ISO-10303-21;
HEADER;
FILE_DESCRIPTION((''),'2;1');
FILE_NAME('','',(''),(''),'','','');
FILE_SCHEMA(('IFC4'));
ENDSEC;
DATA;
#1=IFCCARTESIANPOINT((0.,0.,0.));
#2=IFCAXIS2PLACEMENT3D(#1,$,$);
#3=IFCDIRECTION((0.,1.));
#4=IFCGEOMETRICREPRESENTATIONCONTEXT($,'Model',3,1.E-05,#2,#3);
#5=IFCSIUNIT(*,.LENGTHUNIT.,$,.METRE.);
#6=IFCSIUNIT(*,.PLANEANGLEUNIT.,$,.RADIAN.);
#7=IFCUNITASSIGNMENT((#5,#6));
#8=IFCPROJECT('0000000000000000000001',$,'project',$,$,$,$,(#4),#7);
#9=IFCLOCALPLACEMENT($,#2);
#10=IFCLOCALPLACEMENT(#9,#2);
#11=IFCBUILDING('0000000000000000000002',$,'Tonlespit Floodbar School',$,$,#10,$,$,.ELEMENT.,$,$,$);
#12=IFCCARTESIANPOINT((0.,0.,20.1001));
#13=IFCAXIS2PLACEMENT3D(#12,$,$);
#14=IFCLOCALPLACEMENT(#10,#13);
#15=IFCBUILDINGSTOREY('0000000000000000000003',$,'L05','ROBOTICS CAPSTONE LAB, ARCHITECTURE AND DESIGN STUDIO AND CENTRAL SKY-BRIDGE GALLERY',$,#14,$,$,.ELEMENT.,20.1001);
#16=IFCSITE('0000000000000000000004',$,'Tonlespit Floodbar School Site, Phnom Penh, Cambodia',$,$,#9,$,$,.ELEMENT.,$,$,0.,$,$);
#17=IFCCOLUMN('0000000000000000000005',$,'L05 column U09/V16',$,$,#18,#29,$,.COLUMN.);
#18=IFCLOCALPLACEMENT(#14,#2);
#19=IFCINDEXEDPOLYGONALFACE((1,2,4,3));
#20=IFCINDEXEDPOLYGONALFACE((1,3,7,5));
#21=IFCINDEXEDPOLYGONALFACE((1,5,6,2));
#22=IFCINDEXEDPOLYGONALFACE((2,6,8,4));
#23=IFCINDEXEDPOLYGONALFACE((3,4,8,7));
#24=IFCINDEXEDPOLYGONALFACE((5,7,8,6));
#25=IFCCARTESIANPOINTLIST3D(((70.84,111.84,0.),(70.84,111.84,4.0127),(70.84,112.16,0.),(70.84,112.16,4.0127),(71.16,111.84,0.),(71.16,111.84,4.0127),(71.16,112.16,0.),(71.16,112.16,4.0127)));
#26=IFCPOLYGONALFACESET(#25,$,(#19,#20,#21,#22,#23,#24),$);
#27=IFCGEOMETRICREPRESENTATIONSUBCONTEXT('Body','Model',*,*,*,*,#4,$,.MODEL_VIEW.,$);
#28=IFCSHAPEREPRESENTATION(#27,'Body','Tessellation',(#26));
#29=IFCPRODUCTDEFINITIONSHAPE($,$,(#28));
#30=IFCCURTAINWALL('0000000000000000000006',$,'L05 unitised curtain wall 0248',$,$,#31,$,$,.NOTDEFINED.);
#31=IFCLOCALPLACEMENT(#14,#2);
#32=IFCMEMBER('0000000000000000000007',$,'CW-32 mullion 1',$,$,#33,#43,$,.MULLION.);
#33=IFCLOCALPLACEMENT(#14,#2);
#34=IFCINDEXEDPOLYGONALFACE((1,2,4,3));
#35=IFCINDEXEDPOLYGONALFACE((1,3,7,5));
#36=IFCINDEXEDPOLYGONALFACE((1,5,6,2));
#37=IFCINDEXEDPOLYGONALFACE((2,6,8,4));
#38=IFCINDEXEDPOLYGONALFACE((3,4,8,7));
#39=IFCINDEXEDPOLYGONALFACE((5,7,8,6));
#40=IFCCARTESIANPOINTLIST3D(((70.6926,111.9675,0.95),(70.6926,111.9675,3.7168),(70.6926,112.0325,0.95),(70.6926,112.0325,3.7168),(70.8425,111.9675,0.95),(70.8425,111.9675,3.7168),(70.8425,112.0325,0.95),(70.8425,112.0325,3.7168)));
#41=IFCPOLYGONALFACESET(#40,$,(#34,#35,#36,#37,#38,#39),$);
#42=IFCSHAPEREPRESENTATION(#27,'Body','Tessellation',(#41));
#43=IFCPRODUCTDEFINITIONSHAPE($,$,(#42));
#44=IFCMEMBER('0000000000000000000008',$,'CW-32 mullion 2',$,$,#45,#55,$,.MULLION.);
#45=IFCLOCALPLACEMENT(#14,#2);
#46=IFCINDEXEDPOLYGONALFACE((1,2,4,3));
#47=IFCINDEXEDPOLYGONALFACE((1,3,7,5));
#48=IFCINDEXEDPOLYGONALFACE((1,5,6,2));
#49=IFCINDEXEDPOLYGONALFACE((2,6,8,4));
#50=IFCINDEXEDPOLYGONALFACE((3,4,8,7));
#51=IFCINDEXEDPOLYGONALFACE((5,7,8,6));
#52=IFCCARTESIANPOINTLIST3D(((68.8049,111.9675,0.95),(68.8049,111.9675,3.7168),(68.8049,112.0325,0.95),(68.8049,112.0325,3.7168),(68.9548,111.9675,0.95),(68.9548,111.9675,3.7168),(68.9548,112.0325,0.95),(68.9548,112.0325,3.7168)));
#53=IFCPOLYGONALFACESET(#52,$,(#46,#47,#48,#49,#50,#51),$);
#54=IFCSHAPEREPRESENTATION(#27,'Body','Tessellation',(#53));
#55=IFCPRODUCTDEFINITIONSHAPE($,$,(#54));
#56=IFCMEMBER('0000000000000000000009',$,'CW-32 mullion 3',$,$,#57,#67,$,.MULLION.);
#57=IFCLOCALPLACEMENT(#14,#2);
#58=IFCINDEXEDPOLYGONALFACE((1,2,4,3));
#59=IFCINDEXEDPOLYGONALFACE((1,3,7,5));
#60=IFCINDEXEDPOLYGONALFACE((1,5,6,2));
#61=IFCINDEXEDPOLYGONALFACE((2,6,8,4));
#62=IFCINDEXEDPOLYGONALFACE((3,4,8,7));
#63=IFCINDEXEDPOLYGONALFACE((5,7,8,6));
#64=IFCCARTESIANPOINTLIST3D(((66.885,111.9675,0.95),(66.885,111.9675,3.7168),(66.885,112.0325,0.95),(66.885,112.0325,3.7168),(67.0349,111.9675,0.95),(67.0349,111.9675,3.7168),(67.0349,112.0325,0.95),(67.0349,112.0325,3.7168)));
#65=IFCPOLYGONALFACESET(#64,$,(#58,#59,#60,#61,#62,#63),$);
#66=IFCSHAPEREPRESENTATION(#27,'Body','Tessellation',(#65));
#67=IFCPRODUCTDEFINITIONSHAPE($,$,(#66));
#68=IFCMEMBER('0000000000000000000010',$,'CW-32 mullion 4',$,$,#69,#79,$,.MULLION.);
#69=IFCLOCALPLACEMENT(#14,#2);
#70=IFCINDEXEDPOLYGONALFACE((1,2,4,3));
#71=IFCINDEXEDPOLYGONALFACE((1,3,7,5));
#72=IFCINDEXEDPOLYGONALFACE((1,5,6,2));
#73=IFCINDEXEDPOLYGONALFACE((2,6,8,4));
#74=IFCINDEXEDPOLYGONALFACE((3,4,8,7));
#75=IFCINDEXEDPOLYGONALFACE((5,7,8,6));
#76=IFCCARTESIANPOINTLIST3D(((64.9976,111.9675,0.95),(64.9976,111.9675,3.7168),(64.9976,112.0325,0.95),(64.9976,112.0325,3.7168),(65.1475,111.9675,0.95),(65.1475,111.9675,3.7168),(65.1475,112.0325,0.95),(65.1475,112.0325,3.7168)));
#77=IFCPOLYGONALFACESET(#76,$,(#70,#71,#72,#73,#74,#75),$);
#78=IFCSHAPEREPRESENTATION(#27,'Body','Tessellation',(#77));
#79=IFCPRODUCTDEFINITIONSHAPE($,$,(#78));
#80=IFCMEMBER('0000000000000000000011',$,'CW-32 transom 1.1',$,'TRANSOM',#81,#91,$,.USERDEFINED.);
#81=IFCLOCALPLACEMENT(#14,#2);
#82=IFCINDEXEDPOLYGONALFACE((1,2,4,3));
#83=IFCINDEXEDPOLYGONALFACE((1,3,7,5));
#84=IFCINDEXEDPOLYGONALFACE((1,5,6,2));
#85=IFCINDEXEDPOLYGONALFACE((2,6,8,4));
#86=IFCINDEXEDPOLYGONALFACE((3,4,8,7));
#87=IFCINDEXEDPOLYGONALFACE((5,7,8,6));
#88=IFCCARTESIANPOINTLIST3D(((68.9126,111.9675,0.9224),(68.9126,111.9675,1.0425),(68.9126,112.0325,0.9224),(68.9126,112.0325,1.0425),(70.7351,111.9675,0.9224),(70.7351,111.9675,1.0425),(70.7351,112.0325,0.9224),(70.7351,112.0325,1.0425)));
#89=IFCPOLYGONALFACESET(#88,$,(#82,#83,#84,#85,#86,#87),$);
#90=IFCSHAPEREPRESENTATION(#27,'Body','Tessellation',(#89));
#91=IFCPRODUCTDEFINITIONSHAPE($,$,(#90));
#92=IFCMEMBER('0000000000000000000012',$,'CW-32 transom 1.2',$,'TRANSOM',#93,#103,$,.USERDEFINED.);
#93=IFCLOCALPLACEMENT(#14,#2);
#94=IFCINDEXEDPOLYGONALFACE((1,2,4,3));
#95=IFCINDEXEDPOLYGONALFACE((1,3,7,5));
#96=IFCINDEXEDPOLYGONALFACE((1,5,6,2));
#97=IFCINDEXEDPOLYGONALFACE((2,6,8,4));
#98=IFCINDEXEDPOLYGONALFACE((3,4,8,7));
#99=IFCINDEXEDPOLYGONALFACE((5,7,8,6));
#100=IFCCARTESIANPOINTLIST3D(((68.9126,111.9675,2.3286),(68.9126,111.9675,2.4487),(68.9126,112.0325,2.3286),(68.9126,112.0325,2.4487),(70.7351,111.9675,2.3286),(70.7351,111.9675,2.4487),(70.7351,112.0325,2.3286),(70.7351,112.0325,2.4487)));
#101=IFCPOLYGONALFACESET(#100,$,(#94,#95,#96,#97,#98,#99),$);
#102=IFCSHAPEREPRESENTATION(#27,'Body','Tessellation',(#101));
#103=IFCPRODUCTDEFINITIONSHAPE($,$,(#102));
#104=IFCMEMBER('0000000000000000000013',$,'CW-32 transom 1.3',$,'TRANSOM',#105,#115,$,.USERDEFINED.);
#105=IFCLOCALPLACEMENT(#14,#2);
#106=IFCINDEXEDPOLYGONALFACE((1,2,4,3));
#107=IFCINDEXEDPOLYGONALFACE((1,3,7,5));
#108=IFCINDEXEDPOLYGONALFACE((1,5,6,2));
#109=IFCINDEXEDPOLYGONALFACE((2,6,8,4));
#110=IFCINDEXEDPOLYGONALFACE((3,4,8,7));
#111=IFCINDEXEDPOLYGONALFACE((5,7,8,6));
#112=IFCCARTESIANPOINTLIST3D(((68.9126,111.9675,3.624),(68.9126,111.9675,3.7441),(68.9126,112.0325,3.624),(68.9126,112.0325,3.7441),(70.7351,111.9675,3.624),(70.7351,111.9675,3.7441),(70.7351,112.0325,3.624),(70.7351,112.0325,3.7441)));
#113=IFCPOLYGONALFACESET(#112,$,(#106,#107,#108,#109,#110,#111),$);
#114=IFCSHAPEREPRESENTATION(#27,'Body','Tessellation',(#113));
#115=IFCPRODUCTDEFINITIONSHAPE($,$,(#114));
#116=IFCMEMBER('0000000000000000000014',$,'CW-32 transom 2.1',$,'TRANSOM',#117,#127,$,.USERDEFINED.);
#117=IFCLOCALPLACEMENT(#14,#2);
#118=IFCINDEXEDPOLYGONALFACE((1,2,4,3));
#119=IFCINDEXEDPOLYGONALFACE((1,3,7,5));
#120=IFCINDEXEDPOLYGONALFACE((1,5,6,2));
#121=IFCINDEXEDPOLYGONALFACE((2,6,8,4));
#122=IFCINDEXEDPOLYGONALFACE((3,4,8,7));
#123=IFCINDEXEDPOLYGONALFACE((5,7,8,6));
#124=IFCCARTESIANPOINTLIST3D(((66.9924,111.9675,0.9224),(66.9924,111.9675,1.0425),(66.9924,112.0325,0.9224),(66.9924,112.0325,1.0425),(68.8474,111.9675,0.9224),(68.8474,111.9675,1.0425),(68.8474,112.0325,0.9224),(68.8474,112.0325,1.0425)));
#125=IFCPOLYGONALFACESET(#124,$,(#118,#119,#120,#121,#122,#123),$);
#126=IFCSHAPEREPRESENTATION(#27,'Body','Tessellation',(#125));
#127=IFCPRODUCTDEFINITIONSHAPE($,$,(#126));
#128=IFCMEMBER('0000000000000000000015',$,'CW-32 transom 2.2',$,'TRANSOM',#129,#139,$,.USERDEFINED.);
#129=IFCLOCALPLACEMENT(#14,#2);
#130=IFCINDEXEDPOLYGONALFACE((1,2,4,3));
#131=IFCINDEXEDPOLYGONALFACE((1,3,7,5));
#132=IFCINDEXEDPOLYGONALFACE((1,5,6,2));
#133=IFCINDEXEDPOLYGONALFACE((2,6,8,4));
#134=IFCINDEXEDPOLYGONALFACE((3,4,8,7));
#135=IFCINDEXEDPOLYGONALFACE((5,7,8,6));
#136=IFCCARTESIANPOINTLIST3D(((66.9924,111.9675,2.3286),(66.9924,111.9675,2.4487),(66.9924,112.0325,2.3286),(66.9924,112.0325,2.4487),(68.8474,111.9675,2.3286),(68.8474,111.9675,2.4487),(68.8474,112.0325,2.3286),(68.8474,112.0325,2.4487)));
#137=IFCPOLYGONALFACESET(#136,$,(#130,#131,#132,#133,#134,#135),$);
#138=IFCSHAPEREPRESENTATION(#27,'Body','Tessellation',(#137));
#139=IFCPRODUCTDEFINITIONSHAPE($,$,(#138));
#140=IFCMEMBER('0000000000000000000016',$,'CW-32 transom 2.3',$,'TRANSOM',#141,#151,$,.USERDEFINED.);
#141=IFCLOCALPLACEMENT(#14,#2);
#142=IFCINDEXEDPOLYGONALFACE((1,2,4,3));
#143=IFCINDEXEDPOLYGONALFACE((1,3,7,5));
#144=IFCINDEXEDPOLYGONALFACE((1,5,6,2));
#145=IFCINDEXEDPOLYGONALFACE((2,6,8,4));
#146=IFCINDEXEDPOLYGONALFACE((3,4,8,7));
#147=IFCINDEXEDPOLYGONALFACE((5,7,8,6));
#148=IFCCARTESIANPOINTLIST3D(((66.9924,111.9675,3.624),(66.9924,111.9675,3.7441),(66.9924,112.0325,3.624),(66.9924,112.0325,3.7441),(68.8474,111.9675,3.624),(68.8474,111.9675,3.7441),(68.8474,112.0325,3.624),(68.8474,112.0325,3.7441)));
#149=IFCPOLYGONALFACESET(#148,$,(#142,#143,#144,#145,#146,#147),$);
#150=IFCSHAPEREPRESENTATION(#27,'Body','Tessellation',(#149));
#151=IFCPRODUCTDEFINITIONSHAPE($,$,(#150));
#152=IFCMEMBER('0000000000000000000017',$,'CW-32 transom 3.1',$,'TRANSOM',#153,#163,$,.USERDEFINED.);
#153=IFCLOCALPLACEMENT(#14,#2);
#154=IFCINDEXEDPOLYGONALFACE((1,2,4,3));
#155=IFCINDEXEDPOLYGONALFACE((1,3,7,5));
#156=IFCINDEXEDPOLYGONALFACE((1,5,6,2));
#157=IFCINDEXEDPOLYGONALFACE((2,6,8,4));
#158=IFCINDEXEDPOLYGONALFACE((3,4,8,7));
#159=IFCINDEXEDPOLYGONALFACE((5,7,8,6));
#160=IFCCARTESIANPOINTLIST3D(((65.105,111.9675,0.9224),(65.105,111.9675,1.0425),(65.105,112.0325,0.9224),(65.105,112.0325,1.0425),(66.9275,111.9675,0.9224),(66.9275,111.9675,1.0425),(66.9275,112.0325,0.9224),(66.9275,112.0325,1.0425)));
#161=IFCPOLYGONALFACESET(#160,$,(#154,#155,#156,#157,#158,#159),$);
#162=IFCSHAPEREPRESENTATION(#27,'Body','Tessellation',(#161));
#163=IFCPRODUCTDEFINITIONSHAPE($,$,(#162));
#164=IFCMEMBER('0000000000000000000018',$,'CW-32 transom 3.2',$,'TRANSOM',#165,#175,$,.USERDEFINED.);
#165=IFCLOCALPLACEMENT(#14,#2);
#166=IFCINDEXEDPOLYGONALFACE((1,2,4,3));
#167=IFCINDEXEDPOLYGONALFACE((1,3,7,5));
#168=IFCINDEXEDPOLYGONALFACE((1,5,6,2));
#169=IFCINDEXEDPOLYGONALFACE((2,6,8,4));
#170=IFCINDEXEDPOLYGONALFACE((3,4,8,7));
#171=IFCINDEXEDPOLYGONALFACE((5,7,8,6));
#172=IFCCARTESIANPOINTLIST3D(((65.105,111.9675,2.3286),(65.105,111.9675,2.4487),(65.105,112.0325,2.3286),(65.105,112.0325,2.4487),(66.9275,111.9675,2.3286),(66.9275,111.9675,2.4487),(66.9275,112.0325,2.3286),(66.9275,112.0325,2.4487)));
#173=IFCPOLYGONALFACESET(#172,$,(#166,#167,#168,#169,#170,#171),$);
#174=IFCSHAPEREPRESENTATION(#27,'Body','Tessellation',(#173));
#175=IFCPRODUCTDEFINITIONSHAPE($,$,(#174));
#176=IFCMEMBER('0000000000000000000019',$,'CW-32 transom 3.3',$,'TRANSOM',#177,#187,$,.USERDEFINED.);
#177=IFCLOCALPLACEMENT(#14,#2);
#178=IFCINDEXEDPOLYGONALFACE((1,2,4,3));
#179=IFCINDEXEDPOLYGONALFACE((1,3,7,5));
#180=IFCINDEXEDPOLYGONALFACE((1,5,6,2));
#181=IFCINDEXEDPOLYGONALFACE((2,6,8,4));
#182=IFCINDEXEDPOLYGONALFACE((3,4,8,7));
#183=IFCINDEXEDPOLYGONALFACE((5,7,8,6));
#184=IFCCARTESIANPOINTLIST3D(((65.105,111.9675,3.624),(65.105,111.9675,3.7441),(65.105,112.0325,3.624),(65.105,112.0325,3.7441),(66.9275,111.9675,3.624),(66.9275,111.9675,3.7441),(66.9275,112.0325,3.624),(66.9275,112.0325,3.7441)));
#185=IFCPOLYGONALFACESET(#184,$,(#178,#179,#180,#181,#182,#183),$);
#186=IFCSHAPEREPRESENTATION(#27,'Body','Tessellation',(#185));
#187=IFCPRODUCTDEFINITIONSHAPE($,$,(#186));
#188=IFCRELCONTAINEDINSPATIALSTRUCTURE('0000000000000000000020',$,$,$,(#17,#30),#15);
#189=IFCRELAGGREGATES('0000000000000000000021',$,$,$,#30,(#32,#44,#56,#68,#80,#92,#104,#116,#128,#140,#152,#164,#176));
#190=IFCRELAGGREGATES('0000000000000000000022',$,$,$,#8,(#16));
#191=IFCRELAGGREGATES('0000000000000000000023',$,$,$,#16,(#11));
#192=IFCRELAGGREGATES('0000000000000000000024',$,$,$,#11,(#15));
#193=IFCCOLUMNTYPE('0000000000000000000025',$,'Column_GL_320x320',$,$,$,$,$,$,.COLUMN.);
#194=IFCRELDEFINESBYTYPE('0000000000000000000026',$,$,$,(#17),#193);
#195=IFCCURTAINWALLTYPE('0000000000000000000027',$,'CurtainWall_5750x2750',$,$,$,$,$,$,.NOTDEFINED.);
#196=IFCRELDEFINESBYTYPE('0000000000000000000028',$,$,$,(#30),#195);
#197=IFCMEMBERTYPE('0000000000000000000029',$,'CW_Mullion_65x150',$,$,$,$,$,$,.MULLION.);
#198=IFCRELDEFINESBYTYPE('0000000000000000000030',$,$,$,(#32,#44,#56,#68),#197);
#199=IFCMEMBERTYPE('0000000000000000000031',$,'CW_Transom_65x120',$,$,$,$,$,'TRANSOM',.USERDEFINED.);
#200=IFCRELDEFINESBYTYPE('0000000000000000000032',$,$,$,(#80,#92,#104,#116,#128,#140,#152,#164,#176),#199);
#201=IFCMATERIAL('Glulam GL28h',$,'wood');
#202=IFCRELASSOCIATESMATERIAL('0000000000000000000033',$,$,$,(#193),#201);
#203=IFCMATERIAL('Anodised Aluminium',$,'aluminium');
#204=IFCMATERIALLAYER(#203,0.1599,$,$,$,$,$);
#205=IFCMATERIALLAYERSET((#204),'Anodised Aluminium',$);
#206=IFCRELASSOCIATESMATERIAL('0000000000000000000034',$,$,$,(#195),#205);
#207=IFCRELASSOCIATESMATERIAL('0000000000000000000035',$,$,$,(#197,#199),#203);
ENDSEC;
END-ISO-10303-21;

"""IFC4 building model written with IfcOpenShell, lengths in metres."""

from ifc_helpers import new_model, si_unit, direction, frame, origin, origin_2d, place, context, subcontext, project, spatial, rectangle, extrude, material, layer, layer_set, material_profile, profile_set, type_object, element, aggregate, save


model = new_model("IFC4")

# Units and contexts
model_context = context("Model", 3, precision=1e-05, world=origin(), true_north=direction((0.0, 1.0)))
body_context = subcontext(model_context, "Body", "Model", "MODEL_VIEW")
ifc_project = project(units=[si_unit("LENGTHUNIT", "METRE"), si_unit("PLANEANGLEUNIT", "RADIAN")], contexts=[model_context])

# Site, building, storey
site_placement = place(None, origin())
site = spatial("IfcSite", under=ifc_project, at=site_placement, Name="Tonlespit Floodbar School Site, Phnom Penh, Cambodia", CompositionType="ELEMENT", RefElevation=0.0)
building_placement = place(site_placement, origin())
building = spatial("IfcBuilding", under=site, at=building_placement, Name="Tonlespit Floodbar School", CompositionType="ELEMENT")
storey_placement = place(building_placement, frame((0.0, 0.0, 20.1001)))
storey = spatial("IfcBuildingStorey", under=building, at=storey_placement, Name="L05", Description="ROBOTICS CAPSTONE LAB, ARCHITECTURE AND DESIGN STUDIO AND CENTRAL SKY-BRIDGE GALLERY", CompositionType="ELEMENT", Elevation=20.1001)

# Column
ifc_material_1 = material(Name="Glulam GL28h", Category="wood")
ifc_material_profile_1 = material_profile(ifc_material_1, rectangle(XDim=0.3201, YDim=0.3201, at=origin_2d()), Name="GL 320x320")
ifc_profile_set_1 = profile_set([ifc_material_profile_1], Name="Glulam GL28h")
column_type = type_object("IfcColumnType", Name="Column_GL_320x320", PredefinedType="COLUMN", material=ifc_profile_set_1)
column_placement = place(storey_placement, frame((71.0, 112.0, 0.0), z_axis=(0.0, 0.0, 1.0), x_axis=(1.0, 0.0, 0.0)))
element("IfcColumn", 1, at=column_placement, inside=storey, type_object=column_type, Name="L05 column U09/V16", PredefinedType="COLUMN", context=body_context, shape_type="SweptSolid", body=[
    extrude(rectangle(XDim=0.3201, YDim=0.3201, at=origin_2d()), origin(), (0.0, 0.0, 1.0), 4.0127),
])

# Curtain wall, members
ifc_material_2 = material(Name="Anodised Aluminium", Category="aluminium")
ifc_layer_1 = layer(ifc_material_2, 0.1599)
ifc_layer_set_1 = layer_set([ifc_layer_1], Name="Anodised Aluminium")
curtain_wall_type = type_object("IfcCurtainWallType", Name="CurtainWall_5750x2750", PredefinedType="NOTDEFINED", material=ifc_layer_set_1)
curtain_wall_placement = place(storey_placement, origin())
curtain_wall = element("IfcCurtainWall", 2, at=curtain_wall_placement, inside=storey, type_object=curtain_wall_type, Name="L05 unitised curtain wall 0248", PredefinedType="NOTDEFINED")
ifc_material_profile_2 = material_profile(ifc_material_2, rectangle(XDim=0.0649, YDim=0.1499, at=origin_2d()), Name="ALU M65x150")
ifc_profile_set_2 = profile_set([ifc_material_profile_2], Name="Anodised Aluminium")
member_type_1 = type_object("IfcMemberType", Name="CW_Mullion_65x150", PredefinedType="MULLION", material=ifc_profile_set_2)
member_1_placement = place(storey_placement, frame((70.7676, 112.0, 0.95), z_axis=(0.0, 0.0, 1.0), x_axis=(0.0, -1.0, 0.0)))
member_1 = element("IfcMember", 3, at=member_1_placement, type_object=member_type_1, Name="CW-32 mullion 1", PredefinedType="MULLION", context=body_context, shape_type="SweptSolid", body=[
    extrude(rectangle(XDim=0.0649, YDim=0.1499, at=origin_2d()), origin(), (0.0, 0.0, 1.0), 2.7668),
])
member_2_placement = place(storey_placement, frame((68.8799, 112.0, 0.95), z_axis=(0.0, 0.0, 1.0), x_axis=(0.0, -1.0, 0.0)))
member_2 = element("IfcMember", 4, at=member_2_placement, type_object=member_type_1, Name="CW-32 mullion 2", PredefinedType="MULLION", context=body_context, shape_type="SweptSolid", body=[
    extrude(rectangle(XDim=0.0649, YDim=0.1499, at=origin_2d()), origin(), (0.0, 0.0, 1.0), 2.7668),
])
member_3_placement = place(storey_placement, frame((66.96, 112.0, 0.95), z_axis=(0.0, 0.0, 1.0), x_axis=(0.0, -1.0, 0.0)))
member_3 = element("IfcMember", 5, at=member_3_placement, type_object=member_type_1, Name="CW-32 mullion 3", PredefinedType="MULLION", context=body_context, shape_type="SweptSolid", body=[
    extrude(rectangle(XDim=0.0649, YDim=0.1499, at=origin_2d()), origin(), (0.0, 0.0, 1.0), 2.7668),
])
member_4_placement = place(storey_placement, frame((65.0725, 112.0, 0.95), z_axis=(0.0, 0.0, 1.0), x_axis=(0.0, -1.0, 0.0)))
member_4 = element("IfcMember", 6, at=member_4_placement, type_object=member_type_1, Name="CW-32 mullion 4", PredefinedType="MULLION", context=body_context, shape_type="SweptSolid", body=[
    extrude(rectangle(XDim=0.0649, YDim=0.1499, at=origin_2d()), origin(), (0.0, 0.0, 1.0), 2.7668),
])
ifc_material_profile_3 = material_profile(ifc_material_2, rectangle(XDim=0.0649, YDim=0.1201, at=origin_2d()), Name="ALU T65x120")
ifc_profile_set_3 = profile_set([ifc_material_profile_3], Name="Anodised Aluminium")
member_type_2 = type_object("IfcMemberType", Name="CW_Transom_65x120", ElementType="TRANSOM", PredefinedType="USERDEFINED", material=ifc_profile_set_3)
member_5_placement = place(storey_placement, frame((70.7351, 112.0, 0.9824), z_axis=(-1.0, 0.0, 0.0), x_axis=(0.0, -1.0, 0.0)))
member_5 = element("IfcMember", 7, at=member_5_placement, type_object=member_type_2, Name="CW-32 transom 1.1", ObjectType="TRANSOM", PredefinedType="USERDEFINED", context=body_context, shape_type="SweptSolid", body=[
    extrude(rectangle(XDim=0.0649, YDim=0.1201, at=origin_2d()), origin(), (0.0, 0.0, 1.0), 1.8225),
])
member_6_placement = place(storey_placement, frame((70.7351, 112.0, 2.3887), z_axis=(-1.0, 0.0, 0.0), x_axis=(0.0, -1.0, 0.0)))
member_6 = element("IfcMember", 8, at=member_6_placement, type_object=member_type_2, Name="CW-32 transom 1.2", ObjectType="TRANSOM", PredefinedType="USERDEFINED", context=body_context, shape_type="SweptSolid", body=[
    extrude(rectangle(XDim=0.0649, YDim=0.1201, at=origin_2d()), origin(), (0.0, 0.0, 1.0), 1.8225),
])
member_7_placement = place(storey_placement, frame((70.7351, 112.0, 3.6841), z_axis=(-1.0, 0.0, 0.0), x_axis=(0.0, -1.0, 0.0)))
member_7 = element("IfcMember", 9, at=member_7_placement, type_object=member_type_2, Name="CW-32 transom 1.3", ObjectType="TRANSOM", PredefinedType="USERDEFINED", context=body_context, shape_type="SweptSolid", body=[
    extrude(rectangle(XDim=0.0649, YDim=0.1201, at=origin_2d()), origin(), (0.0, 0.0, 1.0), 1.8225),
])
member_8_placement = place(storey_placement, frame((68.8474, 112.0, 0.9824), z_axis=(-1.0, 0.0, 0.0), x_axis=(0.0, -1.0, 0.0)))
member_8 = element("IfcMember", 10, at=member_8_placement, type_object=member_type_2, Name="CW-32 transom 2.1", ObjectType="TRANSOM", PredefinedType="USERDEFINED", context=body_context, shape_type="SweptSolid", body=[
    extrude(rectangle(XDim=0.0649, YDim=0.1201, at=origin_2d()), origin(), (0.0, 0.0, 1.0), 1.855),
])
member_9_placement = place(storey_placement, frame((68.8474, 112.0, 2.3887), z_axis=(-1.0, 0.0, 0.0), x_axis=(0.0, -1.0, 0.0)))
member_9 = element("IfcMember", 11, at=member_9_placement, type_object=member_type_2, Name="CW-32 transom 2.2", ObjectType="TRANSOM", PredefinedType="USERDEFINED", context=body_context, shape_type="SweptSolid", body=[
    extrude(rectangle(XDim=0.0649, YDim=0.1201, at=origin_2d()), origin(), (0.0, 0.0, 1.0), 1.855),
])
member_10_placement = place(storey_placement, frame((68.8474, 112.0, 3.6841), z_axis=(-1.0, 0.0, 0.0), x_axis=(0.0, -1.0, 0.0)))
member_10 = element("IfcMember", 12, at=member_10_placement, type_object=member_type_2, Name="CW-32 transom 2.3", ObjectType="TRANSOM", PredefinedType="USERDEFINED", context=body_context, shape_type="SweptSolid", body=[
    extrude(rectangle(XDim=0.0649, YDim=0.1201, at=origin_2d()), origin(), (0.0, 0.0, 1.0), 1.855),
])
member_11_placement = place(storey_placement, frame((66.9275, 112.0, 0.9824), z_axis=(-1.0, 0.0, 0.0), x_axis=(0.0, -1.0, 0.0)))
member_11 = element("IfcMember", 13, at=member_11_placement, type_object=member_type_2, Name="CW-32 transom 3.1", ObjectType="TRANSOM", PredefinedType="USERDEFINED", context=body_context, shape_type="SweptSolid", body=[
    extrude(rectangle(XDim=0.0649, YDim=0.1201, at=origin_2d()), origin(), (0.0, 0.0, 1.0), 1.8225),
])
member_12_placement = place(storey_placement, frame((66.9275, 112.0, 2.3887), z_axis=(-1.0, 0.0, 0.0), x_axis=(0.0, -1.0, 0.0)))
member_12 = element("IfcMember", 14, at=member_12_placement, type_object=member_type_2, Name="CW-32 transom 3.2", ObjectType="TRANSOM", PredefinedType="USERDEFINED", context=body_context, shape_type="SweptSolid", body=[
    extrude(rectangle(XDim=0.0649, YDim=0.1201, at=origin_2d()), origin(), (0.0, 0.0, 1.0), 1.8225),
])
member_13_placement = place(storey_placement, frame((66.9275, 112.0, 3.6841), z_axis=(-1.0, 0.0, 0.0), x_axis=(0.0, -1.0, 0.0)))
member_13 = element("IfcMember", 15, at=member_13_placement, type_object=member_type_2, Name="CW-32 transom 3.3", ObjectType="TRANSOM", PredefinedType="USERDEFINED", context=body_context, shape_type="SweptSolid", body=[
    extrude(rectangle(XDim=0.0649, YDim=0.1201, at=origin_2d()), origin(), (0.0, 0.0, 1.0), 1.8225),
])
aggregate(curtain_wall, [member_1, member_2, member_3, member_4, member_5, member_6, member_7, member_8, member_9, member_10, member_11, member_12, member_13])

save(model, "model.ifc")
